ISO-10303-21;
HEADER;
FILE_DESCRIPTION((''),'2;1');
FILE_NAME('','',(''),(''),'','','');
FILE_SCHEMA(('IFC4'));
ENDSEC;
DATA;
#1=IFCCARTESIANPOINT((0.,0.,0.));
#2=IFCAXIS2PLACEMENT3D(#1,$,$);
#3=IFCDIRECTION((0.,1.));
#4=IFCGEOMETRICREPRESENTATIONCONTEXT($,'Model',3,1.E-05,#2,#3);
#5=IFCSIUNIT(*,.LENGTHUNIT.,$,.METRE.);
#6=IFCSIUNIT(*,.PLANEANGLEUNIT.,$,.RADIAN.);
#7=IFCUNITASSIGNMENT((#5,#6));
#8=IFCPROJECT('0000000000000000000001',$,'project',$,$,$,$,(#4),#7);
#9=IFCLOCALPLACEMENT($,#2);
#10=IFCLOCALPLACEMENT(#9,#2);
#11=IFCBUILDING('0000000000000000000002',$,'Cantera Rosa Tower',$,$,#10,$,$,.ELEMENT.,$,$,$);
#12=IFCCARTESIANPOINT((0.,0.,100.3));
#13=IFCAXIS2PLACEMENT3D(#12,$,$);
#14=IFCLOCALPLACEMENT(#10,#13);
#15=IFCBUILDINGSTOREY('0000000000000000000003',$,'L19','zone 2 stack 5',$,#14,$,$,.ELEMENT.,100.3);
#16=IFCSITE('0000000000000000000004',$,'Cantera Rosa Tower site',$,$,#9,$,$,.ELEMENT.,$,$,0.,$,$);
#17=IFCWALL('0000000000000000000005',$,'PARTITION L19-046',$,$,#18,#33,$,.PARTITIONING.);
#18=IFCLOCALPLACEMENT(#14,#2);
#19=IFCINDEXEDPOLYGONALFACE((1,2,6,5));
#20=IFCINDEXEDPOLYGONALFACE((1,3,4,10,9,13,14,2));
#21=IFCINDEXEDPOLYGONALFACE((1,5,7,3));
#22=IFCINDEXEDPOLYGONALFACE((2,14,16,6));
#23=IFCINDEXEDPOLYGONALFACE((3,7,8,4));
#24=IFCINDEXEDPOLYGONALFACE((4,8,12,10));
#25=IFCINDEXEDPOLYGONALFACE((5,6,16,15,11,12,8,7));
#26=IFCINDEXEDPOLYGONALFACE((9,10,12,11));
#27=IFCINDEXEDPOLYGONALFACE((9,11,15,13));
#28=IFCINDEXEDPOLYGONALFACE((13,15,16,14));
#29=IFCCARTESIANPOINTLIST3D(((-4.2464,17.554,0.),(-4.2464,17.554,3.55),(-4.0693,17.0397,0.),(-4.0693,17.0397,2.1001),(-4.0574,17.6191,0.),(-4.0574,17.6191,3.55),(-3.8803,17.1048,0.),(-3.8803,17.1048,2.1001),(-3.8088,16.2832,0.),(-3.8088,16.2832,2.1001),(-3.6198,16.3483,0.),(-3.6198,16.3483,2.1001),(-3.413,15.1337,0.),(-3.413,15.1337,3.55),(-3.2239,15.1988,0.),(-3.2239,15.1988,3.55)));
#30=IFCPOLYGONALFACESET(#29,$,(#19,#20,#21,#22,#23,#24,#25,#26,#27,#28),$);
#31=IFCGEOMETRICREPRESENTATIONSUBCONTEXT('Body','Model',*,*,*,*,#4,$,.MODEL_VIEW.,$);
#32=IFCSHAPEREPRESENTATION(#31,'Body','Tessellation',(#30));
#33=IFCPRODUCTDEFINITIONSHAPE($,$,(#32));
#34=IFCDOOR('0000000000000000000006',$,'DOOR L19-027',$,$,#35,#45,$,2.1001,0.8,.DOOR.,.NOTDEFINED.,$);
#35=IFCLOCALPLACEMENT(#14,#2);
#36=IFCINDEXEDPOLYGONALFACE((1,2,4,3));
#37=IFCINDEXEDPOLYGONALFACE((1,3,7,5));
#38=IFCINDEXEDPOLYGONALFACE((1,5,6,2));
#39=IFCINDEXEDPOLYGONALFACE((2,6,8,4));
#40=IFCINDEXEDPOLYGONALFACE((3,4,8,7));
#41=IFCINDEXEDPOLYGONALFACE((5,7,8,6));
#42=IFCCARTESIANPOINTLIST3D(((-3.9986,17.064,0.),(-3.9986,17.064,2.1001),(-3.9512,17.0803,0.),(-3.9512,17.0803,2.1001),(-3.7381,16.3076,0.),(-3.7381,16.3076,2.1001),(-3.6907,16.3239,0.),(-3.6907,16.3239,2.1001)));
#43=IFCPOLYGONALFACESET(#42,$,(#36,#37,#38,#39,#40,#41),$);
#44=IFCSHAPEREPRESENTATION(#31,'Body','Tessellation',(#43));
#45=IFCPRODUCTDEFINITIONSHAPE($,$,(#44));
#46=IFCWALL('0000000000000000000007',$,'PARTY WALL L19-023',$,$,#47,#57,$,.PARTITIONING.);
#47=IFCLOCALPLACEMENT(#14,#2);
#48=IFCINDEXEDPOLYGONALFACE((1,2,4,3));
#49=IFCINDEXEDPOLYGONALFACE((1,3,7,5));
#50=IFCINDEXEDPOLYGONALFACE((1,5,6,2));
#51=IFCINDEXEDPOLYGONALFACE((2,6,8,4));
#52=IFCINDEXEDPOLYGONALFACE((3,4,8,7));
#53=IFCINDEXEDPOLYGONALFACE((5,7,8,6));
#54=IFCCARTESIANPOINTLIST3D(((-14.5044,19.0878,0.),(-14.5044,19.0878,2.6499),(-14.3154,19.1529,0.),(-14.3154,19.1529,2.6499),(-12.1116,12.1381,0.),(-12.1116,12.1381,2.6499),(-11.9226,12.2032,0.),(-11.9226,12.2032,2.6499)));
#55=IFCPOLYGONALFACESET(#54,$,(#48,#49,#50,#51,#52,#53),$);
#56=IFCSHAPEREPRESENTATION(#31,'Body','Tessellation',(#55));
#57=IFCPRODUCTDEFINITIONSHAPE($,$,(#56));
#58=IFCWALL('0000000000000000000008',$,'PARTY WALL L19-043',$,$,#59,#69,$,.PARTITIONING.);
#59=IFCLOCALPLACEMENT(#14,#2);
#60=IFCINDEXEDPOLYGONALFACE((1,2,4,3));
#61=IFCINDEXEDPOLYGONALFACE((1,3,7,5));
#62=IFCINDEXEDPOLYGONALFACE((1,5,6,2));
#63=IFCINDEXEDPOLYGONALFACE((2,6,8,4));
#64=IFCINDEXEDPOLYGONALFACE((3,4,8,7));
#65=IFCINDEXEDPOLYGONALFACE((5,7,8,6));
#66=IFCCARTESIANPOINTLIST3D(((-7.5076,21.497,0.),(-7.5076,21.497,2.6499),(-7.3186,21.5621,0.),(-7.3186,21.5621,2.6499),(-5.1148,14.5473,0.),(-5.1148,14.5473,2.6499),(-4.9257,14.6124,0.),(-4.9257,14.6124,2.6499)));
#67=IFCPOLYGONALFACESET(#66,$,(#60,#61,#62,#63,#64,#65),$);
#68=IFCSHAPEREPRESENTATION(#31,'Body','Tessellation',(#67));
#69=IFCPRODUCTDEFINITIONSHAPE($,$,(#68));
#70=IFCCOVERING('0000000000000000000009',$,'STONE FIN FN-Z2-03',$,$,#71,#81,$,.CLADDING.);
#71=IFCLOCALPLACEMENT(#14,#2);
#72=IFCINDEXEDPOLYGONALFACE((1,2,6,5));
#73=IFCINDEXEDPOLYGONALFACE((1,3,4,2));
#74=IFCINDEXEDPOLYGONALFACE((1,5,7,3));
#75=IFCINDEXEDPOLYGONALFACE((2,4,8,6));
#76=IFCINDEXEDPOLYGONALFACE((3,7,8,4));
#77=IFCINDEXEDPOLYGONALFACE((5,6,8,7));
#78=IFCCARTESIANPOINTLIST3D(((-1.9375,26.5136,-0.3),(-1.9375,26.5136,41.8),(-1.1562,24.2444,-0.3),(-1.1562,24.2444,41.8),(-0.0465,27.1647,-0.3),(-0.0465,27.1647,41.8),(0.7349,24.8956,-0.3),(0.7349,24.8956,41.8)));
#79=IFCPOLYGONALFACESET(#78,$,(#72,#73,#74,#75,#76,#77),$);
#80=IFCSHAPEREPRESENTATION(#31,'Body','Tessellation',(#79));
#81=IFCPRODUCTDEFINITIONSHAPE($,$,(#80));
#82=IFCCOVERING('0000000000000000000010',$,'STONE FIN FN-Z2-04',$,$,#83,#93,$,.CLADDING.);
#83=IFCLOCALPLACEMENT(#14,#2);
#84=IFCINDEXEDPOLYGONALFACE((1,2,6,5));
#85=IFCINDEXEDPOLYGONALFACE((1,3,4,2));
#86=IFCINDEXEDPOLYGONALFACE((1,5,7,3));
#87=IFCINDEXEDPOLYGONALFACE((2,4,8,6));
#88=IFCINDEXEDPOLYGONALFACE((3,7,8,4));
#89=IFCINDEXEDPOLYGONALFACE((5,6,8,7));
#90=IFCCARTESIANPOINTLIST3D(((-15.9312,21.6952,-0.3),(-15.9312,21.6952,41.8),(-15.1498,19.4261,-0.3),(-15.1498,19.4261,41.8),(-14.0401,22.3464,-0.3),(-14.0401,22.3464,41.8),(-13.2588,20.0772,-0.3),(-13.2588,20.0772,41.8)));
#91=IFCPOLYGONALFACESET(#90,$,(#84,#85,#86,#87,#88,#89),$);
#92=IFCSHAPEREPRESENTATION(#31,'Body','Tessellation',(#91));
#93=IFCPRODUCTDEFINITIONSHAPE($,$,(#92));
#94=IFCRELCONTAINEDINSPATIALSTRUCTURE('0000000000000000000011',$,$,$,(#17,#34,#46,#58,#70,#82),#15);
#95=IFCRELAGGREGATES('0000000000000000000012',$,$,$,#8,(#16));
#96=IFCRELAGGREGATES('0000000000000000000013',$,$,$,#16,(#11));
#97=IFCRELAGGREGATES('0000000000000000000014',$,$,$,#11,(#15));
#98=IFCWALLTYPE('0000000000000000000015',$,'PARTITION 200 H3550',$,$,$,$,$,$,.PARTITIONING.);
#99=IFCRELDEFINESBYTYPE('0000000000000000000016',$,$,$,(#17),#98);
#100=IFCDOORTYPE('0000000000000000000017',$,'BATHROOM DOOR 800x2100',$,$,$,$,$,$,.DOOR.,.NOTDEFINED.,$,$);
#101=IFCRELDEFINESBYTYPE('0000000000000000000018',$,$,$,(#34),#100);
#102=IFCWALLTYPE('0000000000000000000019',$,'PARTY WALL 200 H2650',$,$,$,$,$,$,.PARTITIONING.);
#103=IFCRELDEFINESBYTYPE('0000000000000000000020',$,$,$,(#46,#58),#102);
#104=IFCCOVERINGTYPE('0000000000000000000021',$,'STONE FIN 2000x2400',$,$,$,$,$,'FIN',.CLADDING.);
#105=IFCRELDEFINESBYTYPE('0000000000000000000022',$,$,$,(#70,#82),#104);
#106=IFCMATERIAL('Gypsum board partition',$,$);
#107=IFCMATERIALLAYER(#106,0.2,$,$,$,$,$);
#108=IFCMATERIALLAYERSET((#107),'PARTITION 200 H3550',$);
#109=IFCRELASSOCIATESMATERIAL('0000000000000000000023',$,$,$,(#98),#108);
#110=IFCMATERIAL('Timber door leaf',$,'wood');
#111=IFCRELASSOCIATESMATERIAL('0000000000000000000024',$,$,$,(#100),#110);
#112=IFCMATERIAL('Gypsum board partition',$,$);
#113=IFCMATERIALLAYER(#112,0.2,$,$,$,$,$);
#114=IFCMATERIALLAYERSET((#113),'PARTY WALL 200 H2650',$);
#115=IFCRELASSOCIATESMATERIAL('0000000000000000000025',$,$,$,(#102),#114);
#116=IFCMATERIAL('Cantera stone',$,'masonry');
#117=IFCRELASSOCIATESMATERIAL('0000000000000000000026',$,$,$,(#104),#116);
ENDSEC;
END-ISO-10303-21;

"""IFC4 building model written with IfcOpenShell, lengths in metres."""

from ifc_helpers import new_model, si_unit, direction, frame, frame_2d, origin, origin_2d, place, context, subcontext, project, spatial, rectangle, extrude, material, layer, layer_set, type_object, element, fill, save


model = new_model("IFC4")

# Units and contexts
model_context = context("Model", 3, precision=1e-05, world=origin(), true_north=direction((0.0, 1.0)))
body_context = subcontext(model_context, "Body", "Model", "MODEL_VIEW")
ifc_project = project(units=[si_unit("LENGTHUNIT", "METRE"), si_unit("PLANEANGLEUNIT", "RADIAN")], contexts=[model_context])

# Site, building, storey
site_placement = place(None, origin())
site = spatial("IfcSite", under=ifc_project, at=site_placement, Name="Cantera Rosa Tower site", CompositionType="ELEMENT", RefElevation=0.0)
building_placement = place(site_placement, origin())
building = spatial("IfcBuilding", under=site, at=building_placement, Name="Cantera Rosa Tower", CompositionType="ELEMENT")
storey_placement = place(building_placement, frame((0.0, 0.0, 100.3)))
storey = spatial("IfcBuildingStorey", under=building, at=storey_placement, Name="L19", Description="zone 2 stack 5", CompositionType="ELEMENT", Elevation=100.3)

# Shared definitions
ifc_material_1 = material(Name="Gypsum board partition")
ifc_layer_1 = layer(ifc_material_1, 0.2)
ifc_layer_set_1 = layer_set([ifc_layer_1], Name="PARTITION 200 H3550")
wall_type_1 = type_object("IfcWallType", Name="PARTITION 200 H3550", PredefinedType="PARTITIONING", material=ifc_layer_set_1)

# Shared definitions
ifc_material_2 = material(Name="Timber door leaf", Category="wood")
door_type_1 = type_object("IfcDoorType", Name="BATHROOM DOOR 800x2100", OperationType="NOTDEFINED", PredefinedType="DOOR", material=ifc_material_2)

# Wall, opening, door
wall_1_placement = place(storey_placement, frame((-4.1519, 17.5864, 0.0), z_axis=(0.0, 0.0, 1.0), x_axis=(0.325597, -0.945509, 0.0)))
wall_1 = element("IfcWall", 1, at=wall_1_placement, inside=storey, type_object=wall_type_1, Name="PARTITION L19-046", PredefinedType="PARTITIONING", context=body_context, shape_type="SweptSolid", body=[
    extrude(rectangle(XDim=2.5598, YDim=0.2, at=frame_2d((1.2798, 0.0))), origin(), (0.0, 0.0, 1.0), 3.55),
])
opening_1_placement = place(wall_1_placement, frame((0.5439, 0.0, 0.0)))
opening_1 = element("IfcOpeningElement", 2, at=opening_1_placement, cuts=wall_1, PredefinedType="OPENING", context=body_context, shape_type="SweptSolid", body=[
    extrude(rectangle(XDim=0.8, YDim=2.1001, at=frame_2d((0.3999, 1.05))), frame((0.0, 0.1099, 0.0), z_axis=(0.0, -1.0, 0.0), x_axis=(1.0, 0.0, 0.0)), (0.0, 0.0, 1.0), 0.22),
])
door_1_placement = place(opening_1_placement, origin())
door_1 = element("IfcDoor", 3, at=door_1_placement, inside=storey, type_object=door_type_1, Name="DOOR L19-027", OperationType="NOTDEFINED", OverallHeight=2.1001, OverallWidth=0.8, PredefinedType="DOOR", context=body_context, shape_type="SweptSolid", body=[
    extrude(rectangle(XDim=0.8, YDim=2.1001, at=frame_2d((0.3999, 1.05))), frame((0.0, 0.0249, 0.0), z_axis=(0.0, -1.0, 0.0), x_axis=(1.0, 0.0, 0.0)), (0.0, 0.0, 1.0), 0.05),
])
fill(opening_1, door_1)

# Walls
ifc_material_3 = material(Name="Gypsum board partition")
ifc_layer_2 = layer(ifc_material_3, 0.2)
ifc_layer_set_2 = layer_set([ifc_layer_2], Name="PARTY WALL 200 H2650")
wall_type_2 = type_object("IfcWallType", Name="PARTY WALL 200 H2650", PredefinedType="PARTITIONING", material=ifc_layer_set_2)
for number, where, z_axis, x_axis, name in (
    (4, (-12.0171, 12.1707, 0.0), (0.0, 0.0, 1.0), (-0.325549, 0.945525, 0.0), "PARTY WALL L19-023"),
    (5, (-5.0203, 14.5798, 0.0), (0.0, 0.0, 1.0), (-0.325549, 0.945525, 0.0), "PARTY WALL L19-043"),
):
    element("IfcWall", number, at=place(storey_placement, frame(where, z_axis=z_axis, x_axis=x_axis)), inside=storey, type_object=wall_type_2, Name=name, PredefinedType="PARTITIONING", context=body_context, shape_type="SweptSolid", body=[
        extrude(rectangle(XDim=7.3501, YDim=0.2, at=frame_2d((3.675, 0.0))), origin(), (0.0, 0.0, 1.0), 2.6499),
    ])

# Coverings
ifc_material_4 = material(Name="Cantera stone", Category="masonry")
covering_type = type_object("IfcCoveringType", Name="STONE FIN 2000x2400", ElementType="FIN", PredefinedType="CLADDING", material=ifc_material_4)
for number, where, z_axis, x_axis, name in (
    (6, (-0.6013, 25.7046, -0.3), (0.0, 0.0, 1.0), (-0.945519, -0.325568, 0.0), "STONE FIN FN-Z2-03"),
    (7, (-14.595, 20.8862, -0.3), (0.0, 0.0, 1.0), (-0.945519, -0.325568, 0.0), "STONE FIN FN-Z2-04"),
):
    element("IfcCovering", number, at=place(storey_placement, frame(where, z_axis=z_axis, x_axis=x_axis)), inside=storey, type_object=covering_type, Name=name, PredefinedType="CLADDING", context=body_context, shape_type="SweptSolid", body=[
        extrude(rectangle(XDim=2.0, YDim=2.3999, at=origin_2d()), origin(), (0.0, 0.0, 1.0), 42.1001),
    ])

save(model, "model.ifc")
